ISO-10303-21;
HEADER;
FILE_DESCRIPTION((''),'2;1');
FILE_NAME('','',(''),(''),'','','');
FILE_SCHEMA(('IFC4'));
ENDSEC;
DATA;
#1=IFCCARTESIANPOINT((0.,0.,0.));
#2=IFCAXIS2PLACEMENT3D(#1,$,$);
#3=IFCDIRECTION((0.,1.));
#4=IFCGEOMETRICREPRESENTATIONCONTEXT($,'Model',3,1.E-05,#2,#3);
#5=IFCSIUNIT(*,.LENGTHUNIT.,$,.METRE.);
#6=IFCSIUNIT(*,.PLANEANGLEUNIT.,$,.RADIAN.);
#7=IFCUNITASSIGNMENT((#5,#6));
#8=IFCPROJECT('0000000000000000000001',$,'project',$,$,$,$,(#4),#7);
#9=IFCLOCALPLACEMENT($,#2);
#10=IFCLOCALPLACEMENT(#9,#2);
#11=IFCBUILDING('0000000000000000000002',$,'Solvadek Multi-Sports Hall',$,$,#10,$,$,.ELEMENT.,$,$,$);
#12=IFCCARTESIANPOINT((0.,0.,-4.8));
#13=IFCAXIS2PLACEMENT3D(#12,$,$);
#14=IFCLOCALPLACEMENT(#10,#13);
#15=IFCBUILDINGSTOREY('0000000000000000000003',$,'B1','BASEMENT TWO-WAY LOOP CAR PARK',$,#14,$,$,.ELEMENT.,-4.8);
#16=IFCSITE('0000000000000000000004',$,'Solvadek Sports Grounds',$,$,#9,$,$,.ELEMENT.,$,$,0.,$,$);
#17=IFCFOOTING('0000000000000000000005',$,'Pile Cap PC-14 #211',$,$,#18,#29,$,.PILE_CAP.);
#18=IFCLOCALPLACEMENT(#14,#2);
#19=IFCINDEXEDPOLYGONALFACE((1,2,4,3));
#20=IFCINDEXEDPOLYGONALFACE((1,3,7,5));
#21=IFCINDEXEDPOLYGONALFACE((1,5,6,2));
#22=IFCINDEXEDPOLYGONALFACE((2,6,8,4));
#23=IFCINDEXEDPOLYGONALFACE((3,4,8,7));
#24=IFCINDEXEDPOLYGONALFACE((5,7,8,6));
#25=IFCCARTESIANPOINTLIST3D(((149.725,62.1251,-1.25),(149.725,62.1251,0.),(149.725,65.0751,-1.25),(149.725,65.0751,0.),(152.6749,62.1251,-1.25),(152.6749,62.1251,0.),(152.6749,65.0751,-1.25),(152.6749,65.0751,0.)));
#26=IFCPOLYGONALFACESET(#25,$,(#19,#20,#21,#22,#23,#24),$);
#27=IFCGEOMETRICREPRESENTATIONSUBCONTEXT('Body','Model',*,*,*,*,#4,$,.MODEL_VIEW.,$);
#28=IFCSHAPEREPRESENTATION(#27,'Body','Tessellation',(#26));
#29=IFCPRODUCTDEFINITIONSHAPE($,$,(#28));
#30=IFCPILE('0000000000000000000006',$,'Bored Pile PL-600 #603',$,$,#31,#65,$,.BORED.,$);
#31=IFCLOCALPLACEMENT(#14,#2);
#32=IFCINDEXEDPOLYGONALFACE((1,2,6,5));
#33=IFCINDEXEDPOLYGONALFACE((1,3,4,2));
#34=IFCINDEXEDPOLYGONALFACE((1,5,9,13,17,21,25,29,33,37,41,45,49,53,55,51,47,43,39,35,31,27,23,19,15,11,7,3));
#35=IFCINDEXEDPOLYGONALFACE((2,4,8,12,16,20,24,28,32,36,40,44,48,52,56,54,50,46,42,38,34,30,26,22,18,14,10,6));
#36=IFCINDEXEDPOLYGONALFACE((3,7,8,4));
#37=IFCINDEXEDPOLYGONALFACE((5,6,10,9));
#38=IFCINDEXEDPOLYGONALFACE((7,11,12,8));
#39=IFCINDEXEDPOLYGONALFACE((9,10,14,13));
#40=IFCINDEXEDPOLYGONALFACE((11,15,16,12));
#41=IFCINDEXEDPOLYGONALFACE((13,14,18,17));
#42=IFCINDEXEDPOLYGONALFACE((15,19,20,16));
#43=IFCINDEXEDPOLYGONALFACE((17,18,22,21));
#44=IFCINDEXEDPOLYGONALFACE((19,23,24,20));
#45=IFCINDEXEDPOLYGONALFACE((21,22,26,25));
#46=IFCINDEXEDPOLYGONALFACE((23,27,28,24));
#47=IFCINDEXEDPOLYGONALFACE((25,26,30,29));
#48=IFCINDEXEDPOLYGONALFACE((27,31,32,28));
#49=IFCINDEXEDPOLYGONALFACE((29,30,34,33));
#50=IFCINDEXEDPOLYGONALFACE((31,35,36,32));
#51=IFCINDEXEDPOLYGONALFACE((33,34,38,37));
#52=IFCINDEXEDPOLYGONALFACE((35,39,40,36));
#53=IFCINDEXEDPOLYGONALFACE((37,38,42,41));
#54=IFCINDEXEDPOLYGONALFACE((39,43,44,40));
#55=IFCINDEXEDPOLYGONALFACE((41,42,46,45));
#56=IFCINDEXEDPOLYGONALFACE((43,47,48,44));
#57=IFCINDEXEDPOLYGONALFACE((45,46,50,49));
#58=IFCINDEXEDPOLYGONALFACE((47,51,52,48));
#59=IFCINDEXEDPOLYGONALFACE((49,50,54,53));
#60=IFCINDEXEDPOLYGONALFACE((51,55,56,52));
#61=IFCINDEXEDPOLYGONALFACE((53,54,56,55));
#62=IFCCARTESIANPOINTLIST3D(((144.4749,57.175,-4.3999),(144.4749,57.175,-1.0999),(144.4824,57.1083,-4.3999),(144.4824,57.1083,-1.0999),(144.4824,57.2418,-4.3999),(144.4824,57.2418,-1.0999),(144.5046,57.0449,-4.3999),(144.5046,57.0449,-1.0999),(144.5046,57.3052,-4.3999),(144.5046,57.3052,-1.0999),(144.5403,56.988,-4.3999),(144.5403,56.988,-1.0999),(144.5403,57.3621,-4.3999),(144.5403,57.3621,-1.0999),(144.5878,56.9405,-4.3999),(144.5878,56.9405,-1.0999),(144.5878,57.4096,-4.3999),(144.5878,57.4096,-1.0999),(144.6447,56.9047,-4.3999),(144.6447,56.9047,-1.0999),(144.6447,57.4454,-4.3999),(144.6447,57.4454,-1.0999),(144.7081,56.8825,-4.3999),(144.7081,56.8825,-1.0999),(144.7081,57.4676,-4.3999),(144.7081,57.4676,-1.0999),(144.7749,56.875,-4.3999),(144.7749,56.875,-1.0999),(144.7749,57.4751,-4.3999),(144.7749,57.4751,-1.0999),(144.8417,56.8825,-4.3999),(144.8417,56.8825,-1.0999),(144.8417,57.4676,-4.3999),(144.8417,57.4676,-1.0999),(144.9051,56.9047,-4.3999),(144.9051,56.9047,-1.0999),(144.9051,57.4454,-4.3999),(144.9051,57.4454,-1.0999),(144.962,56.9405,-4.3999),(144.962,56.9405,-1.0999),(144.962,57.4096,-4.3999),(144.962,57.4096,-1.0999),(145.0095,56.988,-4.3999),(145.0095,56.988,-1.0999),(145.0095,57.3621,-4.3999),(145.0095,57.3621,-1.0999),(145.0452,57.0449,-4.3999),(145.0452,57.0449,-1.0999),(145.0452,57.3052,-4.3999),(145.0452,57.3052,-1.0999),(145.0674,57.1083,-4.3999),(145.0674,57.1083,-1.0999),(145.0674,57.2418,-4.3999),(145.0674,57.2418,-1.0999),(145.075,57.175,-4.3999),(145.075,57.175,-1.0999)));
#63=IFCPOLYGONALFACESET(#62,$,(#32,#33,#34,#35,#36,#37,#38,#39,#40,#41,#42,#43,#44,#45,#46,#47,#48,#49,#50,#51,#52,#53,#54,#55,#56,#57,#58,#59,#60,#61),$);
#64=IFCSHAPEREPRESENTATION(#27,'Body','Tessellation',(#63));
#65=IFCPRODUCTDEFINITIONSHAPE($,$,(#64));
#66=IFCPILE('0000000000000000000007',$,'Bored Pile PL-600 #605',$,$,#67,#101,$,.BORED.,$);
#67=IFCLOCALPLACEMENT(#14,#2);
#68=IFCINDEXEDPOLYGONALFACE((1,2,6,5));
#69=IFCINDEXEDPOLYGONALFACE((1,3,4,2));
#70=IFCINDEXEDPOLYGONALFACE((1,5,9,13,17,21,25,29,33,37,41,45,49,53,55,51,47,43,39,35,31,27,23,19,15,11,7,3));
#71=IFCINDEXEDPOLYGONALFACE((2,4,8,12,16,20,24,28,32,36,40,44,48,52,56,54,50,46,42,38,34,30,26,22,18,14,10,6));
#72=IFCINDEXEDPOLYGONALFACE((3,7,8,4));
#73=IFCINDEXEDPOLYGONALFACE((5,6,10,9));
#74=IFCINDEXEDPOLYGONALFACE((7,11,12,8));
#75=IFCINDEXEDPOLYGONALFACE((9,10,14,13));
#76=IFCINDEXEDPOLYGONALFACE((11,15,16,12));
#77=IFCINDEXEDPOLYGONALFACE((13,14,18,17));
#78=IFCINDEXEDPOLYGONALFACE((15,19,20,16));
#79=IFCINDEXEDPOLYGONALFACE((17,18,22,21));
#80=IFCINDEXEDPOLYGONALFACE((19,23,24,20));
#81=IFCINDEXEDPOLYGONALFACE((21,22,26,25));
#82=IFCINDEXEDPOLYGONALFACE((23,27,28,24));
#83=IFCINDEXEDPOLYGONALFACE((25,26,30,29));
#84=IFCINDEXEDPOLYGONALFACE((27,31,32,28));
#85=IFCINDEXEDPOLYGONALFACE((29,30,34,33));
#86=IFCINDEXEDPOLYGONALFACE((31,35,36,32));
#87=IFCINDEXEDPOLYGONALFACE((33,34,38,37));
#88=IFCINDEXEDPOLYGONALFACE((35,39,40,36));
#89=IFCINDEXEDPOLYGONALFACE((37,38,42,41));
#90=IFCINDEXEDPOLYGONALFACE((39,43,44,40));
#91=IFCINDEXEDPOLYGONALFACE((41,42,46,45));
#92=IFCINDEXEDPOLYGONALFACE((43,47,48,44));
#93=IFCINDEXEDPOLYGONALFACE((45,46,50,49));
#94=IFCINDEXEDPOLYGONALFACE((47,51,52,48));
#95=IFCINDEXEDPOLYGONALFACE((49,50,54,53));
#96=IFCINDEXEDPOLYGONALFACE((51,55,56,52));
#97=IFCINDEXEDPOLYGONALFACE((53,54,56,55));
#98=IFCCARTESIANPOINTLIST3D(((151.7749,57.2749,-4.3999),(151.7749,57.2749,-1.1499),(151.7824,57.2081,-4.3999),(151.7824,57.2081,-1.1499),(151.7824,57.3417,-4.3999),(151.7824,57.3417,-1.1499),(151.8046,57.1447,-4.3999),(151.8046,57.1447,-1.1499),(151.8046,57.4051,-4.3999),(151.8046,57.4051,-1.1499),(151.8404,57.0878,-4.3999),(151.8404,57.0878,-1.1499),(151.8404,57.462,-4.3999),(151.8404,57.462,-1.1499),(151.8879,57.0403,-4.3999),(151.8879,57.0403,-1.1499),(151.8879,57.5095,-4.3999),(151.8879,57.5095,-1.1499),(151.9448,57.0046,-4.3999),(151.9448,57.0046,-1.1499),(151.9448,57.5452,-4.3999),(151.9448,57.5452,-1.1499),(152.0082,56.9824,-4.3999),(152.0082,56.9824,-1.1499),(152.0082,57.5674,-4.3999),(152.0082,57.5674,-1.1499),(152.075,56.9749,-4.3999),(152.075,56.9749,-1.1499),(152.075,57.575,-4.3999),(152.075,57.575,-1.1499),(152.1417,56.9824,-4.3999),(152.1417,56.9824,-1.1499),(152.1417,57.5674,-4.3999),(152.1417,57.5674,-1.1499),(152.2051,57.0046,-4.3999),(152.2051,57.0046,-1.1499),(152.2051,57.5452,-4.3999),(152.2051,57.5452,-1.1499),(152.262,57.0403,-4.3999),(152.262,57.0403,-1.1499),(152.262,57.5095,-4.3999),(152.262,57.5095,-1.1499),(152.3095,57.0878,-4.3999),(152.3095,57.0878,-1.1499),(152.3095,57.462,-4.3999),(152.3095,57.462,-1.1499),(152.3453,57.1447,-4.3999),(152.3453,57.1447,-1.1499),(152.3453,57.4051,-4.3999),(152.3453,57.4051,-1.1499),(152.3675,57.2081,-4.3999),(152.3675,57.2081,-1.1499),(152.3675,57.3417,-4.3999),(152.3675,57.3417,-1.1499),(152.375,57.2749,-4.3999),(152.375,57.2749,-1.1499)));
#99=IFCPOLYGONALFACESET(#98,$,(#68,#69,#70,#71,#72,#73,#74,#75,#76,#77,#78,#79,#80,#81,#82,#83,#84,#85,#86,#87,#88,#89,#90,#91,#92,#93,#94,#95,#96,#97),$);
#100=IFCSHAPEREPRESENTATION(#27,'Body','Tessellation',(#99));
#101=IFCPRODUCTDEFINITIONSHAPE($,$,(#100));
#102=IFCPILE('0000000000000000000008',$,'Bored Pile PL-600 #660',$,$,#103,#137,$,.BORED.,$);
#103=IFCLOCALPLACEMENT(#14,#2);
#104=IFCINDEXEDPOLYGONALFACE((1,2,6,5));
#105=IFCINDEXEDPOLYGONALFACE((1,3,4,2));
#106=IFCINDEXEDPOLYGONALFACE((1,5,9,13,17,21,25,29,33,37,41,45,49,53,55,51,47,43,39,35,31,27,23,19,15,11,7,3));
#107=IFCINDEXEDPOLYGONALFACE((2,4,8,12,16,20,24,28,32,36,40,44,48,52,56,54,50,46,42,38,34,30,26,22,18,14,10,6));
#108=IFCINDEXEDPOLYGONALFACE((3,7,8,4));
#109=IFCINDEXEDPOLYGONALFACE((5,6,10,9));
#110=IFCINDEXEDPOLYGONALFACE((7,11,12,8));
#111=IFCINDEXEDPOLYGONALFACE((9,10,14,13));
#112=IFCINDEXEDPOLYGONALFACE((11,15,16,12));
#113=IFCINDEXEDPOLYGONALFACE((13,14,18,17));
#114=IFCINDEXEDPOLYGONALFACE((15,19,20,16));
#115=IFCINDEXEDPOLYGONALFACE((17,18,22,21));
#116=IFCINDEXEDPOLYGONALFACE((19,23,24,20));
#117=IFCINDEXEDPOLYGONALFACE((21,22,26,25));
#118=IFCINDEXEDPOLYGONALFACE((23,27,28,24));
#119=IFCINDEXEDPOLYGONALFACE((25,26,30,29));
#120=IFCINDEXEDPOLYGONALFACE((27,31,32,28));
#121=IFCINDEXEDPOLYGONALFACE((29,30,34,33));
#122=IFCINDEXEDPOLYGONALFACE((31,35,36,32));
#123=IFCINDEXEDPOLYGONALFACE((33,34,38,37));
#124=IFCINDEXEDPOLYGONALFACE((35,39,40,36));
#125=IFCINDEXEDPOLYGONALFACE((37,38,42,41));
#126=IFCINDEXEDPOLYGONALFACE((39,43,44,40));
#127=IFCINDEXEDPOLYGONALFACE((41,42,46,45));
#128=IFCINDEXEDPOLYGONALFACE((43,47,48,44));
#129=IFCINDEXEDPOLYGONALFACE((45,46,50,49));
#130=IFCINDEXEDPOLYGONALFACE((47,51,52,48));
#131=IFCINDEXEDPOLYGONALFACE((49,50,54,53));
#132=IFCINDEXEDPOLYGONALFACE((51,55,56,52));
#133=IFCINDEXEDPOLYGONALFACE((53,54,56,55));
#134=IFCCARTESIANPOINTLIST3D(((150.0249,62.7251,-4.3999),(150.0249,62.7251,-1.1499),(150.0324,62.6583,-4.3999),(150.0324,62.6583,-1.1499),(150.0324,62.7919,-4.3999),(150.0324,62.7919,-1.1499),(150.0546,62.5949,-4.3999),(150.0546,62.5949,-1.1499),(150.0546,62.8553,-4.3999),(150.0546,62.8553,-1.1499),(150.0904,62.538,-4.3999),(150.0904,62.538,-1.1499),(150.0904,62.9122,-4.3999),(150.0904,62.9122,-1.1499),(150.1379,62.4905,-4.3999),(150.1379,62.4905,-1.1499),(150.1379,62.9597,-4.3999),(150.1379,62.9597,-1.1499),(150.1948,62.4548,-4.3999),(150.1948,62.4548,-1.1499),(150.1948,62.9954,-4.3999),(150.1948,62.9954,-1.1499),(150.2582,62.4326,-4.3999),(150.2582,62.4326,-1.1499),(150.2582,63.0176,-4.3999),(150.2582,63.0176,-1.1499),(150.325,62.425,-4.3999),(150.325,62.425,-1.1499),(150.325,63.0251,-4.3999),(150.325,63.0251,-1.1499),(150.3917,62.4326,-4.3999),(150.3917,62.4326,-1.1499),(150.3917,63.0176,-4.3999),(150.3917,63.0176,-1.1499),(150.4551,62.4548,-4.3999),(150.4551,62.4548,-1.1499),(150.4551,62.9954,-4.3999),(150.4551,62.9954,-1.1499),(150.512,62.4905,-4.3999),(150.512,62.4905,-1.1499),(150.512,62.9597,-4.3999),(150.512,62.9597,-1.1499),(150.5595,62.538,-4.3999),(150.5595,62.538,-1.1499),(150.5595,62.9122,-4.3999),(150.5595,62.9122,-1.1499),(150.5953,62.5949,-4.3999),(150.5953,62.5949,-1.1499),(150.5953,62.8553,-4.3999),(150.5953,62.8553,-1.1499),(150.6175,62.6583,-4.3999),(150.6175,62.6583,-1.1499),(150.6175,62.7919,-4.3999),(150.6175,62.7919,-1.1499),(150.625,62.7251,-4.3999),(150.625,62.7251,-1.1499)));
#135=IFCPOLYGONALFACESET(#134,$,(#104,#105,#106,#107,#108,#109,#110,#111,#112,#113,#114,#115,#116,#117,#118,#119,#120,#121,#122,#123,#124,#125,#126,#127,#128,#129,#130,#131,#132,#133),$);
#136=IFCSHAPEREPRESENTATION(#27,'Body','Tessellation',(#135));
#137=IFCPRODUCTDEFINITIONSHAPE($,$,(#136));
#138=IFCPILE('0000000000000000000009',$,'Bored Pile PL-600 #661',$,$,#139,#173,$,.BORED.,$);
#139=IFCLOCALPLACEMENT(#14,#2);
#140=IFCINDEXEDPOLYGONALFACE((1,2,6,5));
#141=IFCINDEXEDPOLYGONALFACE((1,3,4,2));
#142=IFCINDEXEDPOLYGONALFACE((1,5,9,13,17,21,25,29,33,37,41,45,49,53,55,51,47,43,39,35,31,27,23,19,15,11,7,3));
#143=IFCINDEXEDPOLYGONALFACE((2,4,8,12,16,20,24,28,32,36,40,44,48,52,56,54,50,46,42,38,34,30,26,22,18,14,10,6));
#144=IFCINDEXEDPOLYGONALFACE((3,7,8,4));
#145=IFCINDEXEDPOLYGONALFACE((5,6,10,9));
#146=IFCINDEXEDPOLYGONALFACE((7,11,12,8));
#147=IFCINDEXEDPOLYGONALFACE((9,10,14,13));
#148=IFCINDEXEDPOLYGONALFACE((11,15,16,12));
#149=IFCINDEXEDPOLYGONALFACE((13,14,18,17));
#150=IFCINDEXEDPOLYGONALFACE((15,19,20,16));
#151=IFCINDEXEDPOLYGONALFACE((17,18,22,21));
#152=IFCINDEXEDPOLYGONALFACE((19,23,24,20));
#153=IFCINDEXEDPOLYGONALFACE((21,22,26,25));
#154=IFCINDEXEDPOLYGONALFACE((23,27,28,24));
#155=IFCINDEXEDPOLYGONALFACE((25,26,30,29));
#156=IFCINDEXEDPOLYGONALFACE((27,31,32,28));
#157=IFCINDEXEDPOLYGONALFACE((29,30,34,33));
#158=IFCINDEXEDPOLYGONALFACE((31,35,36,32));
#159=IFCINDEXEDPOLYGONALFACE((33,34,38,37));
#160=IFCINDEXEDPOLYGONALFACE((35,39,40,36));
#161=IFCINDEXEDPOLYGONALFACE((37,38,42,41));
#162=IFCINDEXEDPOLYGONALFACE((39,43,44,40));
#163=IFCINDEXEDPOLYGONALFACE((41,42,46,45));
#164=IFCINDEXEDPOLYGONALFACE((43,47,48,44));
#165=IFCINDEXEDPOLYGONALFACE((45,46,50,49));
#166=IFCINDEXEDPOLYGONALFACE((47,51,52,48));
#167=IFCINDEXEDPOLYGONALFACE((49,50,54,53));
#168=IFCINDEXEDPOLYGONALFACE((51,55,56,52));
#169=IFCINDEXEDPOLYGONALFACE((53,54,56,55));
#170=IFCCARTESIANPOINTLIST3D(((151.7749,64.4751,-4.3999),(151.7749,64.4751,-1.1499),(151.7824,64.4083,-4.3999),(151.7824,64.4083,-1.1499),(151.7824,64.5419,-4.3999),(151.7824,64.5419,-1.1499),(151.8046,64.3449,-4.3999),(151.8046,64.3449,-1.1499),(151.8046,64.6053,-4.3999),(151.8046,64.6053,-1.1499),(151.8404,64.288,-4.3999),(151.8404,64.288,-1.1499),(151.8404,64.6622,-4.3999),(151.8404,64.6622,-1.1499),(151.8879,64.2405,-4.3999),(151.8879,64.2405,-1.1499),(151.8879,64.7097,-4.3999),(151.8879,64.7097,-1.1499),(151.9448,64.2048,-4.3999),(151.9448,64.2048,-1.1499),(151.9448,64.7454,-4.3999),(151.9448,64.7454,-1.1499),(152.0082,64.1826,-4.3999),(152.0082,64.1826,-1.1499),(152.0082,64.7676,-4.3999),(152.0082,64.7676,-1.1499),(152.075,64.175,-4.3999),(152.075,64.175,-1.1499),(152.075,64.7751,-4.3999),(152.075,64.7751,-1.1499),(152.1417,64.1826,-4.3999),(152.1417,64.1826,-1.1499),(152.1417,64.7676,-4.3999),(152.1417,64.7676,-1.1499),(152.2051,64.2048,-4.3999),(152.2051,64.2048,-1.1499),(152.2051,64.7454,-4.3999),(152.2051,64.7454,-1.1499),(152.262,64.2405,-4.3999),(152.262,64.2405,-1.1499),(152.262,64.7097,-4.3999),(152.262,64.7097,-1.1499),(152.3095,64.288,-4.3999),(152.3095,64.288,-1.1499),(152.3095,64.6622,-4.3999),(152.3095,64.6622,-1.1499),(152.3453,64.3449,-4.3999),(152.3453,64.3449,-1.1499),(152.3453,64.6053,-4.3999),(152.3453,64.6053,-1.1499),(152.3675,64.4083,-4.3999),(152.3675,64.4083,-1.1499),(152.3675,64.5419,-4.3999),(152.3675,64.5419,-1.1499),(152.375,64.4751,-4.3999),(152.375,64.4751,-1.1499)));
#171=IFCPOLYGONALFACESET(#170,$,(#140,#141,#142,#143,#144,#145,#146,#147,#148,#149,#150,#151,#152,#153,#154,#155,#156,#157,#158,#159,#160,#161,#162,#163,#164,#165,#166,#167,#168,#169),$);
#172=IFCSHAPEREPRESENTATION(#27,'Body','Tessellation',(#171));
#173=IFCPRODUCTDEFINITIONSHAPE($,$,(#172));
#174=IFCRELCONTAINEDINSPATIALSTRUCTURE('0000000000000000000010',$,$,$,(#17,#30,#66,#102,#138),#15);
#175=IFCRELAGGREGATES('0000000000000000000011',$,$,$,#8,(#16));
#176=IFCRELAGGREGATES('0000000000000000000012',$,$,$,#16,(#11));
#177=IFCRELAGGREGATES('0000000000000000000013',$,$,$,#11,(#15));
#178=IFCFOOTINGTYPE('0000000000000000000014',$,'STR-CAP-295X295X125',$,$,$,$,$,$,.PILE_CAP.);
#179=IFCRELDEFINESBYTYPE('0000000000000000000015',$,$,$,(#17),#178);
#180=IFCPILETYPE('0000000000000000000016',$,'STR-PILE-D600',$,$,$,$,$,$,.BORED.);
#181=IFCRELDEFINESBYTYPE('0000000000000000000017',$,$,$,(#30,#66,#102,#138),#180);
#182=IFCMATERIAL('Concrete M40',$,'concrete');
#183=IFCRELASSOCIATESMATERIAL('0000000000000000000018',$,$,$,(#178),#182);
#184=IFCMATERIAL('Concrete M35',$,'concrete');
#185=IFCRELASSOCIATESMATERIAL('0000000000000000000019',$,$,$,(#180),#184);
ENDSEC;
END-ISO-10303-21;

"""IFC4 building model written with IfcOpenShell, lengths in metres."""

from ifc_helpers import new_model, si_unit, direction, frame, origin, origin_2d, place, context, subcontext, project, spatial, rectangle, circle, extrude, material, material_profile, profile_set, type_object, element, save


model = new_model("IFC4")

# Units and contexts
model_context = context("Model", 3, precision=1e-05, world=origin(), true_north=direction((0.0, 1.0)))
body_context = subcontext(model_context, "Body", "Model", "MODEL_VIEW")
ifc_project = project(units=[si_unit("LENGTHUNIT", "METRE"), si_unit("PLANEANGLEUNIT", "RADIAN")], contexts=[model_context])

# Site, building, storey
site_placement = place(None, origin())
site = spatial("IfcSite", under=ifc_project, at=site_placement, Name="Solvadek Sports Grounds", CompositionType="ELEMENT", RefElevation=0.0)
building_placement = place(site_placement, origin())
building = spatial("IfcBuilding", under=site, at=building_placement, Name="Solvadek Multi-Sports Hall", CompositionType="ELEMENT")
storey_placement = place(building_placement, frame((0.0, 0.0, -4.8)))
storey = spatial("IfcBuildingStorey", under=building, at=storey_placement, Name="B1", Description="BASEMENT TWO-WAY LOOP CAR PARK", CompositionType="ELEMENT", Elevation=-4.8)

# Footing
ifc_material_1 = material(Name="Concrete M40", Category="concrete")
footing_type_1 = type_object("IfcFootingType", Name="STR-CAP-295X295X125", PredefinedType="PILE_CAP", material=ifc_material_1)
footing_1_placement = place(storey_placement, frame((151.2, 63.6001, -1.25), z_axis=(0.0, 0.0, 1.0), x_axis=(1.0, 0.0, 0.0)))
element("IfcFooting", 1, at=footing_1_placement, inside=storey, type_object=footing_type_1, Name="Pile Cap PC-14 #211", PredefinedType="PILE_CAP", context=body_context, shape_type="SweptSolid", body=[
    extrude(rectangle(XDim=2.95, YDim=2.95, at=origin_2d()), origin(), (0.0, 0.0, 1.0), 1.25),
])

# Piles
ifc_material_2 = material(Name="Concrete M35", Category="concrete")
ifc_material_profile_1 = material_profile(ifc_material_2, circle(Radius=0.3, at=origin_2d()), Name="BORED PILE D600")
ifc_profile_set_1 = profile_set([ifc_material_profile_1], Name="Concrete M35")
pile_type_1 = type_object("IfcPileType", Name="STR-PILE-D600", PredefinedType="BORED", material=ifc_profile_set_1)
pile_placement = place(storey_placement, frame((144.7749, 57.175, -1.0999), z_axis=(0.0, 0.0, -1.0), x_axis=(1.0, 0.0, 0.0)))
element("IfcPile", 2, at=pile_placement, inside=storey, type_object=pile_type_1, Name="Bored Pile PL-600 #603", PredefinedType="BORED", context=body_context, shape_type="SweptSolid", body=[
    extrude(circle(Radius=0.3, at=origin_2d()), origin(), (0.0, 0.0, 1.0), 3.3),
])
for number, where, z_axis, x_axis, name in (
    (3, (152.075, 57.2749, -1.1499), (0.0, 0.0, -1.0), (1.0, 0.0, 0.0), "Bored Pile PL-600 #605"),
    (4, (150.325, 62.7251, -1.1499), (0.0, 0.0, -1.0), (1.0, 0.0, 0.0), "Bored Pile PL-600 #660"),
    (5, (152.075, 64.4751, -1.1499), (0.0, 0.0, -1.0), (1.0, 0.0, 0.0), "Bored Pile PL-600 #661"),
):
    element("IfcPile", number, at=place(storey_placement, frame(where, z_axis=z_axis, x_axis=x_axis)), inside=storey, type_object=pile_type_1, Name=name, PredefinedType="BORED", context=body_context, shape_type="SweptSolid", body=[
        extrude(circle(Radius=0.3, at=origin_2d()), origin(), (0.0, 0.0, 1.0), 3.25),
    ])

save(model, "model.ifc")
